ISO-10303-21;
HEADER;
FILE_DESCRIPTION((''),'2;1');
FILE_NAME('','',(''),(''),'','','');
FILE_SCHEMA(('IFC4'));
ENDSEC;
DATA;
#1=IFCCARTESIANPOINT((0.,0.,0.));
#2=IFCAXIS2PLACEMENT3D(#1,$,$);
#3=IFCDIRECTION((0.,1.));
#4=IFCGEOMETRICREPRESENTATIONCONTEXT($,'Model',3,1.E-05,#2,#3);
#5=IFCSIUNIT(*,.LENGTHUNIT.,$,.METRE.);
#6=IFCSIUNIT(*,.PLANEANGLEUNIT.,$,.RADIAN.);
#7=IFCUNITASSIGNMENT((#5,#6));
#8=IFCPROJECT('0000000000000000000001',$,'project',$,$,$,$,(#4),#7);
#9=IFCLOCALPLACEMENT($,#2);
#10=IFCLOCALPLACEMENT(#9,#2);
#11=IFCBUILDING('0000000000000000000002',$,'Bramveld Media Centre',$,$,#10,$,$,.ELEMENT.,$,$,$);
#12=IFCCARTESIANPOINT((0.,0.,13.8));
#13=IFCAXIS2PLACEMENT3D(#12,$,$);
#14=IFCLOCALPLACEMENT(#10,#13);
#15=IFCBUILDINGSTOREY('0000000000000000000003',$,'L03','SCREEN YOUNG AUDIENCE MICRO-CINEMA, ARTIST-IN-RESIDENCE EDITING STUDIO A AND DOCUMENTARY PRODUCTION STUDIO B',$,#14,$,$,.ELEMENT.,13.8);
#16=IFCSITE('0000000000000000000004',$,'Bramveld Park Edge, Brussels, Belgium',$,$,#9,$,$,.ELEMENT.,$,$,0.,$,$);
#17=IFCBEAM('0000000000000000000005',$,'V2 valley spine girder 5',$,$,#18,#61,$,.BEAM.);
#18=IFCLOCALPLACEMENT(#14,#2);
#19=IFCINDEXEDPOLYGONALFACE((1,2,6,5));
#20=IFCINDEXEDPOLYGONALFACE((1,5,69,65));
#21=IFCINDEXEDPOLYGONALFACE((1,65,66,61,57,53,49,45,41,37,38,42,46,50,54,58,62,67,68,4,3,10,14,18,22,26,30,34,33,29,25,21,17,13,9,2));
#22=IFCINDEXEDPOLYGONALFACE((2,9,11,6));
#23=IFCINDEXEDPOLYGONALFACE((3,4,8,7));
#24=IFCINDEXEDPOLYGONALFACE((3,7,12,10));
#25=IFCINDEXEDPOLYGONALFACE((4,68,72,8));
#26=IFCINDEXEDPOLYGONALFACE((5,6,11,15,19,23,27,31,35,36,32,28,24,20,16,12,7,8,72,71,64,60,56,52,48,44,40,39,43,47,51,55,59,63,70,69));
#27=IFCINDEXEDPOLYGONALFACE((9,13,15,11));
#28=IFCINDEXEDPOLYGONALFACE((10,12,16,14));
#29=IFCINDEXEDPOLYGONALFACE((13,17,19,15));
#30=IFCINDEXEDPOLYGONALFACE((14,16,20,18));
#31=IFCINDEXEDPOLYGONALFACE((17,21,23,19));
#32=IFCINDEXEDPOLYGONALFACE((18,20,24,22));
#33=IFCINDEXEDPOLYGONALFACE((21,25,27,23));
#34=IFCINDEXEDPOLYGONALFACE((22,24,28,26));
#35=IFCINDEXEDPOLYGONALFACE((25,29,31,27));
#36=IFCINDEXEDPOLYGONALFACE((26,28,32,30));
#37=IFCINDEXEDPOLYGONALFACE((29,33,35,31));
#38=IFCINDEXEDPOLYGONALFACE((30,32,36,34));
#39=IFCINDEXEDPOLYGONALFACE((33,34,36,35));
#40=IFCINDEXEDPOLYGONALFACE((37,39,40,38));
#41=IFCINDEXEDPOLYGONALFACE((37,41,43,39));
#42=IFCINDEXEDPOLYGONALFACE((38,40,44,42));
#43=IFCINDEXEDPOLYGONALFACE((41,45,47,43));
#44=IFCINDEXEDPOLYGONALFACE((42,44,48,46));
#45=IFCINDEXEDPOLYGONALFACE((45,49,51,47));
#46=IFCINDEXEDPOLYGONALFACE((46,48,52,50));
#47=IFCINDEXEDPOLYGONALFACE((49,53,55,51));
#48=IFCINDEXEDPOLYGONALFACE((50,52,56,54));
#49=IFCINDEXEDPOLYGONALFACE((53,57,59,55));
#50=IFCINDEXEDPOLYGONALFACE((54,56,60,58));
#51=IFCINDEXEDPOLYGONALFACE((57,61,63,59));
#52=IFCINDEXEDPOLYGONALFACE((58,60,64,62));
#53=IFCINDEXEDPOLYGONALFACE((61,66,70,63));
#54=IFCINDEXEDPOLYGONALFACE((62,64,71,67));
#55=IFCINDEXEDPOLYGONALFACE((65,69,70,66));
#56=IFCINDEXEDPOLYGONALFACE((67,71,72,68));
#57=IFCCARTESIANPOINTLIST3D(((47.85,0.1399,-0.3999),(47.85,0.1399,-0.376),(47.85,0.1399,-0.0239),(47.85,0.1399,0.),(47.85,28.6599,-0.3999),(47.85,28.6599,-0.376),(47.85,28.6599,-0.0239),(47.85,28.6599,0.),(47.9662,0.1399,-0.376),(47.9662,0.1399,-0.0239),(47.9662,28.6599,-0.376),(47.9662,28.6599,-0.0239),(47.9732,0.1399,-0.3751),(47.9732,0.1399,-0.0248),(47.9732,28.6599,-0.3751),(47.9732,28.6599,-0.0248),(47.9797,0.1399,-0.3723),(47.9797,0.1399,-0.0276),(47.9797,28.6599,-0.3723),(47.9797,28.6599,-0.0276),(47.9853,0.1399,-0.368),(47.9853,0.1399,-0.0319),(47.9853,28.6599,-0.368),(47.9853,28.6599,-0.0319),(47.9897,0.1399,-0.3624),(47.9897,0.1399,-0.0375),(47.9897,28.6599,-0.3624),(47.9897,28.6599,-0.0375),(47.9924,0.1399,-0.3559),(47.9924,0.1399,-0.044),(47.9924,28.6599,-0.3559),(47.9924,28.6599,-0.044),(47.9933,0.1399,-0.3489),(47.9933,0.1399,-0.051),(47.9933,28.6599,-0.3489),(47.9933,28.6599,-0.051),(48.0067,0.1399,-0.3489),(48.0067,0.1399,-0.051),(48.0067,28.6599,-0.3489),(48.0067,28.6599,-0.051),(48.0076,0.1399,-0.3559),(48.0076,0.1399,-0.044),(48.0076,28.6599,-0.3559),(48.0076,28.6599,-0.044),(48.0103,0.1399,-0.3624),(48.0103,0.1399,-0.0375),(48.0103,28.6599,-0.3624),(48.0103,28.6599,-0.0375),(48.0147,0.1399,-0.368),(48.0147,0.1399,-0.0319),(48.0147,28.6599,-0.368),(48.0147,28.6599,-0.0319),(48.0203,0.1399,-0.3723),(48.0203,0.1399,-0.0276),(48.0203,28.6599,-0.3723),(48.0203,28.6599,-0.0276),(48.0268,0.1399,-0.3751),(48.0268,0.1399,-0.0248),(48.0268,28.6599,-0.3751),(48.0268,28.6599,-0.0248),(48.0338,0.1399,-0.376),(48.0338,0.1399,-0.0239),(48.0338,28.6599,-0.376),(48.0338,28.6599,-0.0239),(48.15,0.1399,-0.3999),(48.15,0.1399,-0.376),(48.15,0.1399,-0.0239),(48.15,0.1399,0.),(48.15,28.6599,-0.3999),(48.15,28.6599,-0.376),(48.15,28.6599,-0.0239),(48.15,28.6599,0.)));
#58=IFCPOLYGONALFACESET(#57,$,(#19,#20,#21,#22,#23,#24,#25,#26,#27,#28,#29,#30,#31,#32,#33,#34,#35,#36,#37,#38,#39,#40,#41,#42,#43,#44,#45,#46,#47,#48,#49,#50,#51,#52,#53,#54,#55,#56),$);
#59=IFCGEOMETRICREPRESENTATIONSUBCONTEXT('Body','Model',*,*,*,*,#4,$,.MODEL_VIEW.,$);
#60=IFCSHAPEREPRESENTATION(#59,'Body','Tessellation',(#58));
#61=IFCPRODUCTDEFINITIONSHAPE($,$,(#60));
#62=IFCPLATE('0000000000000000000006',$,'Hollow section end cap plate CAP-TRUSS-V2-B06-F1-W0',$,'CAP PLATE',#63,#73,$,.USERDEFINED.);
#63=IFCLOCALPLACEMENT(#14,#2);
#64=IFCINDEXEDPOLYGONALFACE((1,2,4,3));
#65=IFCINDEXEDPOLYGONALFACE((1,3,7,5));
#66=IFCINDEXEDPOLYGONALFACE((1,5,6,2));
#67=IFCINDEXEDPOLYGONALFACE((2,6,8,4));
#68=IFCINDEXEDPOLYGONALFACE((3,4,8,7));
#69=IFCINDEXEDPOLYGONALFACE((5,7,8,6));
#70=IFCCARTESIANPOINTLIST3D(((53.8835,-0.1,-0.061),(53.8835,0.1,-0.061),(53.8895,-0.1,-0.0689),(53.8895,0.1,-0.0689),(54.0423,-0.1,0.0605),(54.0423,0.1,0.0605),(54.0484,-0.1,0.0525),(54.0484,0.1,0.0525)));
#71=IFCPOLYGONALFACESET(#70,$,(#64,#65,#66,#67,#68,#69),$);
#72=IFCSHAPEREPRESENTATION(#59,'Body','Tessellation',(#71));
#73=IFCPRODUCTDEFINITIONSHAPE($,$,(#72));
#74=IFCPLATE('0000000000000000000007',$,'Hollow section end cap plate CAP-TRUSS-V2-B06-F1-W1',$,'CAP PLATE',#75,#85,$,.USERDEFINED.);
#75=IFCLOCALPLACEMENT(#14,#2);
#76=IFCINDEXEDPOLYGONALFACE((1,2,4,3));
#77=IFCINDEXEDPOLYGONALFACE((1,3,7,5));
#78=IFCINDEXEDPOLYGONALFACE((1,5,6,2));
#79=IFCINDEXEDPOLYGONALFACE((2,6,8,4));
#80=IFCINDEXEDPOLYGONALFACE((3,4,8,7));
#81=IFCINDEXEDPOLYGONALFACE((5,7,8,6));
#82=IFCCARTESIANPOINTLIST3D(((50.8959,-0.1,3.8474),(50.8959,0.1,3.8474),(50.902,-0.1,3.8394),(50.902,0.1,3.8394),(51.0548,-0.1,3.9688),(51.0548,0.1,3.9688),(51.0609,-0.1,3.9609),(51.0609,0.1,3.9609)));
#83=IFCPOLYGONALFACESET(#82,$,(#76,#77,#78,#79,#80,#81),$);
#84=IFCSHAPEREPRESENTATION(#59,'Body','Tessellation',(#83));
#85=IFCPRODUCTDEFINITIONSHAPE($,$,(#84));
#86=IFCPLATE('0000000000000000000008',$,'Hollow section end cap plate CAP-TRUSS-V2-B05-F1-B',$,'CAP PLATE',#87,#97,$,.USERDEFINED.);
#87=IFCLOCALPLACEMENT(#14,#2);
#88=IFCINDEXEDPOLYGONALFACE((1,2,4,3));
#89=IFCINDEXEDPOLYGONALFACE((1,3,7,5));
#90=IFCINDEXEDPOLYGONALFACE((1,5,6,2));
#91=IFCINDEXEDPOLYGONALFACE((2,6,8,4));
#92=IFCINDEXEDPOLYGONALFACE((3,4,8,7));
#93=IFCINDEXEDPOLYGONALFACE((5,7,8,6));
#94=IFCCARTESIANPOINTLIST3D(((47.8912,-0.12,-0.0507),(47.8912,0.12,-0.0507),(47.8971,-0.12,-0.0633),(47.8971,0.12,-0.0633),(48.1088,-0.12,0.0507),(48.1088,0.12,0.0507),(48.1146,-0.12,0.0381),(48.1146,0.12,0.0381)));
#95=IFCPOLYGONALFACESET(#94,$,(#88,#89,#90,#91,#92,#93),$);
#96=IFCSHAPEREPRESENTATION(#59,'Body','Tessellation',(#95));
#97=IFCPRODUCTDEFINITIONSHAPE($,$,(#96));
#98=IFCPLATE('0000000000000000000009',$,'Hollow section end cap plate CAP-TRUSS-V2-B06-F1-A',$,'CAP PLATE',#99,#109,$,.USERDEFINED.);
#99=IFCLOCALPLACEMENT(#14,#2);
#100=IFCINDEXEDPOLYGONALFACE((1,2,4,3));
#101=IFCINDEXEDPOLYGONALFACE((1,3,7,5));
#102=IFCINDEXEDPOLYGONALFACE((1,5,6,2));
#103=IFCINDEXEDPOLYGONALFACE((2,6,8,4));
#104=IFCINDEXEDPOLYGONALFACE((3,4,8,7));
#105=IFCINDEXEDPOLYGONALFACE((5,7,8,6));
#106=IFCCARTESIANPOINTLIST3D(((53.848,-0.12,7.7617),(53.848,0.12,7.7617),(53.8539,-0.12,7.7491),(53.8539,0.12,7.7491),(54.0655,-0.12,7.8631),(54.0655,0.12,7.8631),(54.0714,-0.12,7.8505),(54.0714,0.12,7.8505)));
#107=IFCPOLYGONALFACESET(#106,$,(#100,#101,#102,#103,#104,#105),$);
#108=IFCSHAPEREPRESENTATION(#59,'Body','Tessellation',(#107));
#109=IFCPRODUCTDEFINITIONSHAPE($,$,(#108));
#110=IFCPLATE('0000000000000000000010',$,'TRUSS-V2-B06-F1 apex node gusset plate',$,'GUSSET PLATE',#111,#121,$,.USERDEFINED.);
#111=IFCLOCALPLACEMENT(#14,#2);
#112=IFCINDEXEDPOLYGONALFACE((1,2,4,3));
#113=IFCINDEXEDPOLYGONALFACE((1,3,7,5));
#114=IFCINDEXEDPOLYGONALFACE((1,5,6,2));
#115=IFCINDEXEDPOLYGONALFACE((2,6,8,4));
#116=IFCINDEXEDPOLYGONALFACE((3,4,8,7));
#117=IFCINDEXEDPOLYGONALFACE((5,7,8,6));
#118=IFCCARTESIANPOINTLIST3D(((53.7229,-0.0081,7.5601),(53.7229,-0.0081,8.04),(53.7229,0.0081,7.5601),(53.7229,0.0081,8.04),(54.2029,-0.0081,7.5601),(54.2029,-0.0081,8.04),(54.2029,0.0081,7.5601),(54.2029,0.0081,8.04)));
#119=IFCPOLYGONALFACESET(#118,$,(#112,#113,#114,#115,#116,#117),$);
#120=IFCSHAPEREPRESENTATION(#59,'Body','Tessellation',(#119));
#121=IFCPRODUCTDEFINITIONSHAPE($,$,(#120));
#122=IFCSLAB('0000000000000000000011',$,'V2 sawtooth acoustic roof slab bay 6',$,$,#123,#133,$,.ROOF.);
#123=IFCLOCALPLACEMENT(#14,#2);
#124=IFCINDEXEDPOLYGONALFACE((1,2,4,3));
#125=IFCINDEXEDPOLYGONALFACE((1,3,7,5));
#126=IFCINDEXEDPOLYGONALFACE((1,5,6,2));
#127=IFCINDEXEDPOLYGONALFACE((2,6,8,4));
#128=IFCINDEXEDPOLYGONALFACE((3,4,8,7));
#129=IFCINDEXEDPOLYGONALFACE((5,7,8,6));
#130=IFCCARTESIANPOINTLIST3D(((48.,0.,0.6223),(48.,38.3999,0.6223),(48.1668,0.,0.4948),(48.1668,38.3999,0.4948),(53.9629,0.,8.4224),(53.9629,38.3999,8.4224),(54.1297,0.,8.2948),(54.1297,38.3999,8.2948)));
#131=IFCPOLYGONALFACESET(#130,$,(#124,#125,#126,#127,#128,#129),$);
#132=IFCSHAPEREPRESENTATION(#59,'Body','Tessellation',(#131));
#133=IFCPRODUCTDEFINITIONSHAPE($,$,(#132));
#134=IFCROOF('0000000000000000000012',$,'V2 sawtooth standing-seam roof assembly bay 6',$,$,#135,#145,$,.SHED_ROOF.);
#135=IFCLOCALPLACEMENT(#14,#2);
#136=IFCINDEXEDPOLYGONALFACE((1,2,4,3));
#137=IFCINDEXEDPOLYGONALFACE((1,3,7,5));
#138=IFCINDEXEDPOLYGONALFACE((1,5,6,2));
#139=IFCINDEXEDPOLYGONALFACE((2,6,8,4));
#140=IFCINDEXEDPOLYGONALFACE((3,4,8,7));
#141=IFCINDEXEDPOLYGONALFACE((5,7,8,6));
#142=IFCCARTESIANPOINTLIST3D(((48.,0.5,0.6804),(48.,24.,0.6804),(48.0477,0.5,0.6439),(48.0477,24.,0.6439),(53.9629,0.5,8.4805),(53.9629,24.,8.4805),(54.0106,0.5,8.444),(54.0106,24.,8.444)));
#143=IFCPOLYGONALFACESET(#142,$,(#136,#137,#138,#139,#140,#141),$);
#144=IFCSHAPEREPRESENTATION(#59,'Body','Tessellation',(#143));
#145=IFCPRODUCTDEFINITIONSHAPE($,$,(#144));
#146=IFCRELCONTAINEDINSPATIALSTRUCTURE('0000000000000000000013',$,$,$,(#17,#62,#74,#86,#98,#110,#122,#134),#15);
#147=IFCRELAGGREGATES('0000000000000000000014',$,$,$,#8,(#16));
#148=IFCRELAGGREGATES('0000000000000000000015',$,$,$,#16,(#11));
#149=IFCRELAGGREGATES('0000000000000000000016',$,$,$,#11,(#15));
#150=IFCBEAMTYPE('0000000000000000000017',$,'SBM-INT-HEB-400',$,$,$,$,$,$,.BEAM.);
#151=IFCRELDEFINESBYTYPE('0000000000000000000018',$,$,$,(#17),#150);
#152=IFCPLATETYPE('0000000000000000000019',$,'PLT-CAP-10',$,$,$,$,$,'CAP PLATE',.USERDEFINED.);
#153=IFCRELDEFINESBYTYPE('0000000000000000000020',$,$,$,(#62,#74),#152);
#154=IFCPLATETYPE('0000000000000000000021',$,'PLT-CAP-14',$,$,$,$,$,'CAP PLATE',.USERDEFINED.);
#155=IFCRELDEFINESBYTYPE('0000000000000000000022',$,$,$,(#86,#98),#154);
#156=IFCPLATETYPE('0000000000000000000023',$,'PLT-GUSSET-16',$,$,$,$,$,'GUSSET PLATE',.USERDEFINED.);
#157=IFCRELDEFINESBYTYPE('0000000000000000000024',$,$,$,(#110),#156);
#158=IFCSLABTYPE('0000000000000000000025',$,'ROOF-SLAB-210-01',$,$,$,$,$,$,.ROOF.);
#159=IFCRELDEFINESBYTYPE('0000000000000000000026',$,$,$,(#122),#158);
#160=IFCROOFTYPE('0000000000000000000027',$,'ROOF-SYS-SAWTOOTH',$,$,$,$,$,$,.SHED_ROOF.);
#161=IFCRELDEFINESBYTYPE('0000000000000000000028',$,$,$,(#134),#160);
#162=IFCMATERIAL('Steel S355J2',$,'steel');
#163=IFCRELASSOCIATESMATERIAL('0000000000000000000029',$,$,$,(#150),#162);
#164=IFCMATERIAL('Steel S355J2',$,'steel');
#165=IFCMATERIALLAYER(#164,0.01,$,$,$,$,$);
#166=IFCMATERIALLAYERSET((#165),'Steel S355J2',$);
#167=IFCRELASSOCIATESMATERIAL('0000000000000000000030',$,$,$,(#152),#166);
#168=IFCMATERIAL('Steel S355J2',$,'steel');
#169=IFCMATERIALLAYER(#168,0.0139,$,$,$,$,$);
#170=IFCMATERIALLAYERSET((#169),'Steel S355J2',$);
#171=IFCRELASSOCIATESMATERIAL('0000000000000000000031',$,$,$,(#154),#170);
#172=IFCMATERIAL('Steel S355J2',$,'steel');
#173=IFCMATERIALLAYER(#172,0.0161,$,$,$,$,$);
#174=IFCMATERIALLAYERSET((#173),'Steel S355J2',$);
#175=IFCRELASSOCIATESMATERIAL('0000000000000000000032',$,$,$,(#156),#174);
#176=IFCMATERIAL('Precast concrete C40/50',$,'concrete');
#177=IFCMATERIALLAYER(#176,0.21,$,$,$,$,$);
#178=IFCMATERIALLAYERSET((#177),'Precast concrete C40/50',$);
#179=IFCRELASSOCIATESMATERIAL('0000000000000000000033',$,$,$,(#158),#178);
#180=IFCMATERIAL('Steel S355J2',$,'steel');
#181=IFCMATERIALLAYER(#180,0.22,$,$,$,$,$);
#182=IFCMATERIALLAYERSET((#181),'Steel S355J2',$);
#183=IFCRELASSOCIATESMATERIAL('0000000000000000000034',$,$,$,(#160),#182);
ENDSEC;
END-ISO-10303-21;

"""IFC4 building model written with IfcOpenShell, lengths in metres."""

from ifc_helpers import new_model, si_unit, direction, frame, origin, origin_2d, place, context, subcontext, project, spatial, polyline, rectangle, i_section, outline, extrude, material, layer, layer_set, material_profile, profile_set, type_object, element, save


model = new_model("IFC4")

# Units and contexts
model_context = context("Model", 3, precision=1e-05, world=origin(), true_north=direction((0.0, 1.0)))
body_context = subcontext(model_context, "Body", "Model", "MODEL_VIEW")
ifc_project = project(units=[si_unit("LENGTHUNIT", "METRE"), si_unit("PLANEANGLEUNIT", "RADIAN")], contexts=[model_context])

# Site, building, storey
site_placement = place(None, origin())
site = spatial("IfcSite", under=ifc_project, at=site_placement, Name="Bramveld Park Edge, Brussels, Belgium", CompositionType="ELEMENT", RefElevation=0.0)
building_placement = place(site_placement, origin())
building = spatial("IfcBuilding", under=site, at=building_placement, Name="Bramveld Media Centre", CompositionType="ELEMENT")
storey_placement = place(building_placement, frame((0.0, 0.0, 13.8)))
storey = spatial("IfcBuildingStorey", under=building, at=storey_placement, Name="L03", Description="SCREEN YOUNG AUDIENCE MICRO-CINEMA, ARTIST-IN-RESIDENCE EDITING STUDIO A AND DOCUMENTARY PRODUCTION STUDIO B", CompositionType="ELEMENT", Elevation=13.8)

# Beam
ifc_material_1 = material(Name="Steel S355J2", Category="steel")
ifc_material_profile_1 = material_profile(ifc_material_1, i_section(OverallWidth=0.3, OverallDepth=0.3999, WebThickness=0.0134, FlangeThickness=0.0239, FilletRadius=0.0271, at=origin_2d()), Name="HEB 400")
ifc_profile_set_1 = profile_set([ifc_material_profile_1], Name="Steel S355J2")
beam_type_1 = type_object("IfcBeamType", Name="SBM-INT-HEB-400", PredefinedType="BEAM", material=ifc_profile_set_1)
beam_1_placement = place(storey_placement, frame((48.0, 0.1399, -0.2), z_axis=(0.0, 1.0, 0.0), x_axis=(-1.0, 0.0, 0.0)))
element("IfcBeam", 1, at=beam_1_placement, inside=storey, type_object=beam_type_1, Name="V2 valley spine girder 5", PredefinedType="BEAM", context=body_context, shape_type="SweptSolid", body=[
    extrude(i_section(OverallWidth=0.3, OverallDepth=0.3999, WebThickness=0.0134, FlangeThickness=0.0239, FilletRadius=0.0271, at=origin_2d()), origin(), (0.0, 0.0, 1.0), 28.52),
])

# Plates
ifc_material_2 = material(Name="Steel S355J2", Category="steel")
ifc_layer_1 = layer(ifc_material_2, 0.01)
ifc_layer_set_1 = layer_set([ifc_layer_1], Name="Steel S355J2")
plate_type_1 = type_object("IfcPlateType", Name="PLT-CAP-10", ElementType="CAP PLATE", PredefinedType="USERDEFINED", material=ifc_layer_set_1)
for number, where, z_axis, x_axis, name in (
    (2, (53.9629, 0.0, -0.0002), (0.607328, 0.0, -0.794451), (0.0, 1.0, 0.0), "Hollow section end cap plate CAP-TRUSS-V2-B06-F1-W0"),
    (3, (50.9814, 0.0, 3.9001), (-0.607328, 0.0, 0.794451), (0.0, -1.0, 0.0), "Hollow section end cap plate CAP-TRUSS-V2-B06-F1-W1"),
):
    element("IfcPlate", number, at=place(storey_placement, frame(where, z_axis=z_axis, x_axis=x_axis)), inside=storey, type_object=plate_type_1, Name=name, ObjectType="CAP PLATE", PredefinedType="USERDEFINED", context=body_context, shape_type="SweptSolid", body=[
        extrude(rectangle(XDim=0.2, YDim=0.2, at=origin_2d()), origin(), (0.0, 0.0, 1.0), 0.01),
    ])
ifc_material_3 = material(Name="Steel S355J2", Category="steel")
ifc_layer_2 = layer(ifc_material_3, 0.0139)
ifc_layer_set_2 = layer_set([ifc_layer_2], Name="Steel S355J2")
plate_type_2 = type_object("IfcPlateType", Name="PLT-CAP-14", ElementType="CAP PLATE", PredefinedType="USERDEFINED", material=ifc_layer_set_2)
for number, where, z_axis, x_axis, name in (
    (4, (48.0, 0.0, 0.0), (0.422618, 0.0, -0.906308), (0.0, 1.0, 0.0), "Hollow section end cap plate CAP-TRUSS-V2-B05-F1-B"),
    (5, (53.9626, 0.0, 7.7998), (-0.422618, 0.0, 0.906308), (0.0, -1.0, 0.0), "Hollow section end cap plate CAP-TRUSS-V2-B06-F1-A"),
):
    element("IfcPlate", number, at=place(storey_placement, frame(where, z_axis=z_axis, x_axis=x_axis)), inside=storey, type_object=plate_type_2, Name=name, ObjectType="CAP PLATE", PredefinedType="USERDEFINED", context=body_context, shape_type="SweptSolid", body=[
        extrude(rectangle(XDim=0.24, YDim=0.24, at=origin_2d()), origin(), (0.0, 0.0, 1.0), 0.0139),
    ])
ifc_material_4 = material(Name="Steel S355J2", Category="steel")
ifc_layer_3 = layer(ifc_material_4, 0.0161)
ifc_layer_set_3 = layer_set([ifc_layer_3], Name="Steel S355J2")
plate_type_3 = type_object("IfcPlateType", Name="PLT-GUSSET-16", ElementType="GUSSET PLATE", PredefinedType="USERDEFINED", material=ifc_layer_set_3)
plate_placement = place(storey_placement, frame((53.9629, 0.0, 7.5601), z_axis=(0.0, 0.0, 1.0), x_axis=(1.0, 0.0, 0.0)))
element("IfcPlate", 6, at=plate_placement, inside=storey, type_object=plate_type_3, Name="TRUSS-V2-B06-F1 apex node gusset plate", ObjectType="GUSSET PLATE", PredefinedType="USERDEFINED", context=body_context, shape_type="SweptSolid", body=[
    extrude(rectangle(XDim=0.48, YDim=0.0161, at=origin_2d()), origin(), (0.0, 0.0, 1.0), 0.48),
])

# Slab
ifc_material_5 = material(Name="Precast concrete C40/50", Category="concrete")
ifc_layer_4 = layer(ifc_material_5, 0.21)
ifc_layer_set_4 = layer_set([ifc_layer_4], Name="Precast concrete C40/50")
slab_type = type_object("IfcSlabType", Name="ROOF-SLAB-210-01", PredefinedType="ROOF", material=ifc_layer_set_4)
slab_placement = place(storey_placement, frame((48.0, 0.0, 0.6223), z_axis=(-0.794449, 0.0, 0.607331), x_axis=(0.607331, 0.0, 0.794449)))
element("IfcSlab", 7, at=slab_placement, inside=storey, type_object=slab_type, Name="V2 sawtooth acoustic roof slab bay 6", PredefinedType="ROOF", context=body_context, shape_type="SweptSolid", body=[
    extrude(outline(polyline([(0.0, 0.0), (9.8182, 0.0), (9.8182, 38.3999), (0.0, 38.3999), (0.0, 0.0)])), origin(), (0.0, 0.0, -1.0), 0.21),
])

# Roof
ifc_material_6 = material(Name="Steel S355J2", Category="steel")
ifc_layer_5 = layer(ifc_material_6, 0.22)
ifc_layer_set_5 = layer_set([ifc_layer_5], Name="Steel S355J2")
roof_type = type_object("IfcRoofType", Name="ROOF-SYS-SAWTOOTH", PredefinedType="SHED_ROOF", material=ifc_layer_set_5)
roof_placement = place(storey_placement, frame((48.0, 0.5, 0.6804), z_axis=(-0.794449, 0.0, 0.607331), x_axis=(0.607331, 0.0, 0.794449)))
element("IfcRoof", 8, at=roof_placement, inside=storey, type_object=roof_type, Name="V2 sawtooth standing-seam roof assembly bay 6", PredefinedType="SHED_ROOF", context=body_context, shape_type="SweptSolid", body=[
    extrude(outline(polyline([(0.0, 0.0), (9.8182, 0.0), (9.8182, 23.5), (0.0, 23.5), (0.0, 0.0)])), origin(), (0.0, 0.0, -1.0), 0.0601),
])

save(model, "model.ifc")
